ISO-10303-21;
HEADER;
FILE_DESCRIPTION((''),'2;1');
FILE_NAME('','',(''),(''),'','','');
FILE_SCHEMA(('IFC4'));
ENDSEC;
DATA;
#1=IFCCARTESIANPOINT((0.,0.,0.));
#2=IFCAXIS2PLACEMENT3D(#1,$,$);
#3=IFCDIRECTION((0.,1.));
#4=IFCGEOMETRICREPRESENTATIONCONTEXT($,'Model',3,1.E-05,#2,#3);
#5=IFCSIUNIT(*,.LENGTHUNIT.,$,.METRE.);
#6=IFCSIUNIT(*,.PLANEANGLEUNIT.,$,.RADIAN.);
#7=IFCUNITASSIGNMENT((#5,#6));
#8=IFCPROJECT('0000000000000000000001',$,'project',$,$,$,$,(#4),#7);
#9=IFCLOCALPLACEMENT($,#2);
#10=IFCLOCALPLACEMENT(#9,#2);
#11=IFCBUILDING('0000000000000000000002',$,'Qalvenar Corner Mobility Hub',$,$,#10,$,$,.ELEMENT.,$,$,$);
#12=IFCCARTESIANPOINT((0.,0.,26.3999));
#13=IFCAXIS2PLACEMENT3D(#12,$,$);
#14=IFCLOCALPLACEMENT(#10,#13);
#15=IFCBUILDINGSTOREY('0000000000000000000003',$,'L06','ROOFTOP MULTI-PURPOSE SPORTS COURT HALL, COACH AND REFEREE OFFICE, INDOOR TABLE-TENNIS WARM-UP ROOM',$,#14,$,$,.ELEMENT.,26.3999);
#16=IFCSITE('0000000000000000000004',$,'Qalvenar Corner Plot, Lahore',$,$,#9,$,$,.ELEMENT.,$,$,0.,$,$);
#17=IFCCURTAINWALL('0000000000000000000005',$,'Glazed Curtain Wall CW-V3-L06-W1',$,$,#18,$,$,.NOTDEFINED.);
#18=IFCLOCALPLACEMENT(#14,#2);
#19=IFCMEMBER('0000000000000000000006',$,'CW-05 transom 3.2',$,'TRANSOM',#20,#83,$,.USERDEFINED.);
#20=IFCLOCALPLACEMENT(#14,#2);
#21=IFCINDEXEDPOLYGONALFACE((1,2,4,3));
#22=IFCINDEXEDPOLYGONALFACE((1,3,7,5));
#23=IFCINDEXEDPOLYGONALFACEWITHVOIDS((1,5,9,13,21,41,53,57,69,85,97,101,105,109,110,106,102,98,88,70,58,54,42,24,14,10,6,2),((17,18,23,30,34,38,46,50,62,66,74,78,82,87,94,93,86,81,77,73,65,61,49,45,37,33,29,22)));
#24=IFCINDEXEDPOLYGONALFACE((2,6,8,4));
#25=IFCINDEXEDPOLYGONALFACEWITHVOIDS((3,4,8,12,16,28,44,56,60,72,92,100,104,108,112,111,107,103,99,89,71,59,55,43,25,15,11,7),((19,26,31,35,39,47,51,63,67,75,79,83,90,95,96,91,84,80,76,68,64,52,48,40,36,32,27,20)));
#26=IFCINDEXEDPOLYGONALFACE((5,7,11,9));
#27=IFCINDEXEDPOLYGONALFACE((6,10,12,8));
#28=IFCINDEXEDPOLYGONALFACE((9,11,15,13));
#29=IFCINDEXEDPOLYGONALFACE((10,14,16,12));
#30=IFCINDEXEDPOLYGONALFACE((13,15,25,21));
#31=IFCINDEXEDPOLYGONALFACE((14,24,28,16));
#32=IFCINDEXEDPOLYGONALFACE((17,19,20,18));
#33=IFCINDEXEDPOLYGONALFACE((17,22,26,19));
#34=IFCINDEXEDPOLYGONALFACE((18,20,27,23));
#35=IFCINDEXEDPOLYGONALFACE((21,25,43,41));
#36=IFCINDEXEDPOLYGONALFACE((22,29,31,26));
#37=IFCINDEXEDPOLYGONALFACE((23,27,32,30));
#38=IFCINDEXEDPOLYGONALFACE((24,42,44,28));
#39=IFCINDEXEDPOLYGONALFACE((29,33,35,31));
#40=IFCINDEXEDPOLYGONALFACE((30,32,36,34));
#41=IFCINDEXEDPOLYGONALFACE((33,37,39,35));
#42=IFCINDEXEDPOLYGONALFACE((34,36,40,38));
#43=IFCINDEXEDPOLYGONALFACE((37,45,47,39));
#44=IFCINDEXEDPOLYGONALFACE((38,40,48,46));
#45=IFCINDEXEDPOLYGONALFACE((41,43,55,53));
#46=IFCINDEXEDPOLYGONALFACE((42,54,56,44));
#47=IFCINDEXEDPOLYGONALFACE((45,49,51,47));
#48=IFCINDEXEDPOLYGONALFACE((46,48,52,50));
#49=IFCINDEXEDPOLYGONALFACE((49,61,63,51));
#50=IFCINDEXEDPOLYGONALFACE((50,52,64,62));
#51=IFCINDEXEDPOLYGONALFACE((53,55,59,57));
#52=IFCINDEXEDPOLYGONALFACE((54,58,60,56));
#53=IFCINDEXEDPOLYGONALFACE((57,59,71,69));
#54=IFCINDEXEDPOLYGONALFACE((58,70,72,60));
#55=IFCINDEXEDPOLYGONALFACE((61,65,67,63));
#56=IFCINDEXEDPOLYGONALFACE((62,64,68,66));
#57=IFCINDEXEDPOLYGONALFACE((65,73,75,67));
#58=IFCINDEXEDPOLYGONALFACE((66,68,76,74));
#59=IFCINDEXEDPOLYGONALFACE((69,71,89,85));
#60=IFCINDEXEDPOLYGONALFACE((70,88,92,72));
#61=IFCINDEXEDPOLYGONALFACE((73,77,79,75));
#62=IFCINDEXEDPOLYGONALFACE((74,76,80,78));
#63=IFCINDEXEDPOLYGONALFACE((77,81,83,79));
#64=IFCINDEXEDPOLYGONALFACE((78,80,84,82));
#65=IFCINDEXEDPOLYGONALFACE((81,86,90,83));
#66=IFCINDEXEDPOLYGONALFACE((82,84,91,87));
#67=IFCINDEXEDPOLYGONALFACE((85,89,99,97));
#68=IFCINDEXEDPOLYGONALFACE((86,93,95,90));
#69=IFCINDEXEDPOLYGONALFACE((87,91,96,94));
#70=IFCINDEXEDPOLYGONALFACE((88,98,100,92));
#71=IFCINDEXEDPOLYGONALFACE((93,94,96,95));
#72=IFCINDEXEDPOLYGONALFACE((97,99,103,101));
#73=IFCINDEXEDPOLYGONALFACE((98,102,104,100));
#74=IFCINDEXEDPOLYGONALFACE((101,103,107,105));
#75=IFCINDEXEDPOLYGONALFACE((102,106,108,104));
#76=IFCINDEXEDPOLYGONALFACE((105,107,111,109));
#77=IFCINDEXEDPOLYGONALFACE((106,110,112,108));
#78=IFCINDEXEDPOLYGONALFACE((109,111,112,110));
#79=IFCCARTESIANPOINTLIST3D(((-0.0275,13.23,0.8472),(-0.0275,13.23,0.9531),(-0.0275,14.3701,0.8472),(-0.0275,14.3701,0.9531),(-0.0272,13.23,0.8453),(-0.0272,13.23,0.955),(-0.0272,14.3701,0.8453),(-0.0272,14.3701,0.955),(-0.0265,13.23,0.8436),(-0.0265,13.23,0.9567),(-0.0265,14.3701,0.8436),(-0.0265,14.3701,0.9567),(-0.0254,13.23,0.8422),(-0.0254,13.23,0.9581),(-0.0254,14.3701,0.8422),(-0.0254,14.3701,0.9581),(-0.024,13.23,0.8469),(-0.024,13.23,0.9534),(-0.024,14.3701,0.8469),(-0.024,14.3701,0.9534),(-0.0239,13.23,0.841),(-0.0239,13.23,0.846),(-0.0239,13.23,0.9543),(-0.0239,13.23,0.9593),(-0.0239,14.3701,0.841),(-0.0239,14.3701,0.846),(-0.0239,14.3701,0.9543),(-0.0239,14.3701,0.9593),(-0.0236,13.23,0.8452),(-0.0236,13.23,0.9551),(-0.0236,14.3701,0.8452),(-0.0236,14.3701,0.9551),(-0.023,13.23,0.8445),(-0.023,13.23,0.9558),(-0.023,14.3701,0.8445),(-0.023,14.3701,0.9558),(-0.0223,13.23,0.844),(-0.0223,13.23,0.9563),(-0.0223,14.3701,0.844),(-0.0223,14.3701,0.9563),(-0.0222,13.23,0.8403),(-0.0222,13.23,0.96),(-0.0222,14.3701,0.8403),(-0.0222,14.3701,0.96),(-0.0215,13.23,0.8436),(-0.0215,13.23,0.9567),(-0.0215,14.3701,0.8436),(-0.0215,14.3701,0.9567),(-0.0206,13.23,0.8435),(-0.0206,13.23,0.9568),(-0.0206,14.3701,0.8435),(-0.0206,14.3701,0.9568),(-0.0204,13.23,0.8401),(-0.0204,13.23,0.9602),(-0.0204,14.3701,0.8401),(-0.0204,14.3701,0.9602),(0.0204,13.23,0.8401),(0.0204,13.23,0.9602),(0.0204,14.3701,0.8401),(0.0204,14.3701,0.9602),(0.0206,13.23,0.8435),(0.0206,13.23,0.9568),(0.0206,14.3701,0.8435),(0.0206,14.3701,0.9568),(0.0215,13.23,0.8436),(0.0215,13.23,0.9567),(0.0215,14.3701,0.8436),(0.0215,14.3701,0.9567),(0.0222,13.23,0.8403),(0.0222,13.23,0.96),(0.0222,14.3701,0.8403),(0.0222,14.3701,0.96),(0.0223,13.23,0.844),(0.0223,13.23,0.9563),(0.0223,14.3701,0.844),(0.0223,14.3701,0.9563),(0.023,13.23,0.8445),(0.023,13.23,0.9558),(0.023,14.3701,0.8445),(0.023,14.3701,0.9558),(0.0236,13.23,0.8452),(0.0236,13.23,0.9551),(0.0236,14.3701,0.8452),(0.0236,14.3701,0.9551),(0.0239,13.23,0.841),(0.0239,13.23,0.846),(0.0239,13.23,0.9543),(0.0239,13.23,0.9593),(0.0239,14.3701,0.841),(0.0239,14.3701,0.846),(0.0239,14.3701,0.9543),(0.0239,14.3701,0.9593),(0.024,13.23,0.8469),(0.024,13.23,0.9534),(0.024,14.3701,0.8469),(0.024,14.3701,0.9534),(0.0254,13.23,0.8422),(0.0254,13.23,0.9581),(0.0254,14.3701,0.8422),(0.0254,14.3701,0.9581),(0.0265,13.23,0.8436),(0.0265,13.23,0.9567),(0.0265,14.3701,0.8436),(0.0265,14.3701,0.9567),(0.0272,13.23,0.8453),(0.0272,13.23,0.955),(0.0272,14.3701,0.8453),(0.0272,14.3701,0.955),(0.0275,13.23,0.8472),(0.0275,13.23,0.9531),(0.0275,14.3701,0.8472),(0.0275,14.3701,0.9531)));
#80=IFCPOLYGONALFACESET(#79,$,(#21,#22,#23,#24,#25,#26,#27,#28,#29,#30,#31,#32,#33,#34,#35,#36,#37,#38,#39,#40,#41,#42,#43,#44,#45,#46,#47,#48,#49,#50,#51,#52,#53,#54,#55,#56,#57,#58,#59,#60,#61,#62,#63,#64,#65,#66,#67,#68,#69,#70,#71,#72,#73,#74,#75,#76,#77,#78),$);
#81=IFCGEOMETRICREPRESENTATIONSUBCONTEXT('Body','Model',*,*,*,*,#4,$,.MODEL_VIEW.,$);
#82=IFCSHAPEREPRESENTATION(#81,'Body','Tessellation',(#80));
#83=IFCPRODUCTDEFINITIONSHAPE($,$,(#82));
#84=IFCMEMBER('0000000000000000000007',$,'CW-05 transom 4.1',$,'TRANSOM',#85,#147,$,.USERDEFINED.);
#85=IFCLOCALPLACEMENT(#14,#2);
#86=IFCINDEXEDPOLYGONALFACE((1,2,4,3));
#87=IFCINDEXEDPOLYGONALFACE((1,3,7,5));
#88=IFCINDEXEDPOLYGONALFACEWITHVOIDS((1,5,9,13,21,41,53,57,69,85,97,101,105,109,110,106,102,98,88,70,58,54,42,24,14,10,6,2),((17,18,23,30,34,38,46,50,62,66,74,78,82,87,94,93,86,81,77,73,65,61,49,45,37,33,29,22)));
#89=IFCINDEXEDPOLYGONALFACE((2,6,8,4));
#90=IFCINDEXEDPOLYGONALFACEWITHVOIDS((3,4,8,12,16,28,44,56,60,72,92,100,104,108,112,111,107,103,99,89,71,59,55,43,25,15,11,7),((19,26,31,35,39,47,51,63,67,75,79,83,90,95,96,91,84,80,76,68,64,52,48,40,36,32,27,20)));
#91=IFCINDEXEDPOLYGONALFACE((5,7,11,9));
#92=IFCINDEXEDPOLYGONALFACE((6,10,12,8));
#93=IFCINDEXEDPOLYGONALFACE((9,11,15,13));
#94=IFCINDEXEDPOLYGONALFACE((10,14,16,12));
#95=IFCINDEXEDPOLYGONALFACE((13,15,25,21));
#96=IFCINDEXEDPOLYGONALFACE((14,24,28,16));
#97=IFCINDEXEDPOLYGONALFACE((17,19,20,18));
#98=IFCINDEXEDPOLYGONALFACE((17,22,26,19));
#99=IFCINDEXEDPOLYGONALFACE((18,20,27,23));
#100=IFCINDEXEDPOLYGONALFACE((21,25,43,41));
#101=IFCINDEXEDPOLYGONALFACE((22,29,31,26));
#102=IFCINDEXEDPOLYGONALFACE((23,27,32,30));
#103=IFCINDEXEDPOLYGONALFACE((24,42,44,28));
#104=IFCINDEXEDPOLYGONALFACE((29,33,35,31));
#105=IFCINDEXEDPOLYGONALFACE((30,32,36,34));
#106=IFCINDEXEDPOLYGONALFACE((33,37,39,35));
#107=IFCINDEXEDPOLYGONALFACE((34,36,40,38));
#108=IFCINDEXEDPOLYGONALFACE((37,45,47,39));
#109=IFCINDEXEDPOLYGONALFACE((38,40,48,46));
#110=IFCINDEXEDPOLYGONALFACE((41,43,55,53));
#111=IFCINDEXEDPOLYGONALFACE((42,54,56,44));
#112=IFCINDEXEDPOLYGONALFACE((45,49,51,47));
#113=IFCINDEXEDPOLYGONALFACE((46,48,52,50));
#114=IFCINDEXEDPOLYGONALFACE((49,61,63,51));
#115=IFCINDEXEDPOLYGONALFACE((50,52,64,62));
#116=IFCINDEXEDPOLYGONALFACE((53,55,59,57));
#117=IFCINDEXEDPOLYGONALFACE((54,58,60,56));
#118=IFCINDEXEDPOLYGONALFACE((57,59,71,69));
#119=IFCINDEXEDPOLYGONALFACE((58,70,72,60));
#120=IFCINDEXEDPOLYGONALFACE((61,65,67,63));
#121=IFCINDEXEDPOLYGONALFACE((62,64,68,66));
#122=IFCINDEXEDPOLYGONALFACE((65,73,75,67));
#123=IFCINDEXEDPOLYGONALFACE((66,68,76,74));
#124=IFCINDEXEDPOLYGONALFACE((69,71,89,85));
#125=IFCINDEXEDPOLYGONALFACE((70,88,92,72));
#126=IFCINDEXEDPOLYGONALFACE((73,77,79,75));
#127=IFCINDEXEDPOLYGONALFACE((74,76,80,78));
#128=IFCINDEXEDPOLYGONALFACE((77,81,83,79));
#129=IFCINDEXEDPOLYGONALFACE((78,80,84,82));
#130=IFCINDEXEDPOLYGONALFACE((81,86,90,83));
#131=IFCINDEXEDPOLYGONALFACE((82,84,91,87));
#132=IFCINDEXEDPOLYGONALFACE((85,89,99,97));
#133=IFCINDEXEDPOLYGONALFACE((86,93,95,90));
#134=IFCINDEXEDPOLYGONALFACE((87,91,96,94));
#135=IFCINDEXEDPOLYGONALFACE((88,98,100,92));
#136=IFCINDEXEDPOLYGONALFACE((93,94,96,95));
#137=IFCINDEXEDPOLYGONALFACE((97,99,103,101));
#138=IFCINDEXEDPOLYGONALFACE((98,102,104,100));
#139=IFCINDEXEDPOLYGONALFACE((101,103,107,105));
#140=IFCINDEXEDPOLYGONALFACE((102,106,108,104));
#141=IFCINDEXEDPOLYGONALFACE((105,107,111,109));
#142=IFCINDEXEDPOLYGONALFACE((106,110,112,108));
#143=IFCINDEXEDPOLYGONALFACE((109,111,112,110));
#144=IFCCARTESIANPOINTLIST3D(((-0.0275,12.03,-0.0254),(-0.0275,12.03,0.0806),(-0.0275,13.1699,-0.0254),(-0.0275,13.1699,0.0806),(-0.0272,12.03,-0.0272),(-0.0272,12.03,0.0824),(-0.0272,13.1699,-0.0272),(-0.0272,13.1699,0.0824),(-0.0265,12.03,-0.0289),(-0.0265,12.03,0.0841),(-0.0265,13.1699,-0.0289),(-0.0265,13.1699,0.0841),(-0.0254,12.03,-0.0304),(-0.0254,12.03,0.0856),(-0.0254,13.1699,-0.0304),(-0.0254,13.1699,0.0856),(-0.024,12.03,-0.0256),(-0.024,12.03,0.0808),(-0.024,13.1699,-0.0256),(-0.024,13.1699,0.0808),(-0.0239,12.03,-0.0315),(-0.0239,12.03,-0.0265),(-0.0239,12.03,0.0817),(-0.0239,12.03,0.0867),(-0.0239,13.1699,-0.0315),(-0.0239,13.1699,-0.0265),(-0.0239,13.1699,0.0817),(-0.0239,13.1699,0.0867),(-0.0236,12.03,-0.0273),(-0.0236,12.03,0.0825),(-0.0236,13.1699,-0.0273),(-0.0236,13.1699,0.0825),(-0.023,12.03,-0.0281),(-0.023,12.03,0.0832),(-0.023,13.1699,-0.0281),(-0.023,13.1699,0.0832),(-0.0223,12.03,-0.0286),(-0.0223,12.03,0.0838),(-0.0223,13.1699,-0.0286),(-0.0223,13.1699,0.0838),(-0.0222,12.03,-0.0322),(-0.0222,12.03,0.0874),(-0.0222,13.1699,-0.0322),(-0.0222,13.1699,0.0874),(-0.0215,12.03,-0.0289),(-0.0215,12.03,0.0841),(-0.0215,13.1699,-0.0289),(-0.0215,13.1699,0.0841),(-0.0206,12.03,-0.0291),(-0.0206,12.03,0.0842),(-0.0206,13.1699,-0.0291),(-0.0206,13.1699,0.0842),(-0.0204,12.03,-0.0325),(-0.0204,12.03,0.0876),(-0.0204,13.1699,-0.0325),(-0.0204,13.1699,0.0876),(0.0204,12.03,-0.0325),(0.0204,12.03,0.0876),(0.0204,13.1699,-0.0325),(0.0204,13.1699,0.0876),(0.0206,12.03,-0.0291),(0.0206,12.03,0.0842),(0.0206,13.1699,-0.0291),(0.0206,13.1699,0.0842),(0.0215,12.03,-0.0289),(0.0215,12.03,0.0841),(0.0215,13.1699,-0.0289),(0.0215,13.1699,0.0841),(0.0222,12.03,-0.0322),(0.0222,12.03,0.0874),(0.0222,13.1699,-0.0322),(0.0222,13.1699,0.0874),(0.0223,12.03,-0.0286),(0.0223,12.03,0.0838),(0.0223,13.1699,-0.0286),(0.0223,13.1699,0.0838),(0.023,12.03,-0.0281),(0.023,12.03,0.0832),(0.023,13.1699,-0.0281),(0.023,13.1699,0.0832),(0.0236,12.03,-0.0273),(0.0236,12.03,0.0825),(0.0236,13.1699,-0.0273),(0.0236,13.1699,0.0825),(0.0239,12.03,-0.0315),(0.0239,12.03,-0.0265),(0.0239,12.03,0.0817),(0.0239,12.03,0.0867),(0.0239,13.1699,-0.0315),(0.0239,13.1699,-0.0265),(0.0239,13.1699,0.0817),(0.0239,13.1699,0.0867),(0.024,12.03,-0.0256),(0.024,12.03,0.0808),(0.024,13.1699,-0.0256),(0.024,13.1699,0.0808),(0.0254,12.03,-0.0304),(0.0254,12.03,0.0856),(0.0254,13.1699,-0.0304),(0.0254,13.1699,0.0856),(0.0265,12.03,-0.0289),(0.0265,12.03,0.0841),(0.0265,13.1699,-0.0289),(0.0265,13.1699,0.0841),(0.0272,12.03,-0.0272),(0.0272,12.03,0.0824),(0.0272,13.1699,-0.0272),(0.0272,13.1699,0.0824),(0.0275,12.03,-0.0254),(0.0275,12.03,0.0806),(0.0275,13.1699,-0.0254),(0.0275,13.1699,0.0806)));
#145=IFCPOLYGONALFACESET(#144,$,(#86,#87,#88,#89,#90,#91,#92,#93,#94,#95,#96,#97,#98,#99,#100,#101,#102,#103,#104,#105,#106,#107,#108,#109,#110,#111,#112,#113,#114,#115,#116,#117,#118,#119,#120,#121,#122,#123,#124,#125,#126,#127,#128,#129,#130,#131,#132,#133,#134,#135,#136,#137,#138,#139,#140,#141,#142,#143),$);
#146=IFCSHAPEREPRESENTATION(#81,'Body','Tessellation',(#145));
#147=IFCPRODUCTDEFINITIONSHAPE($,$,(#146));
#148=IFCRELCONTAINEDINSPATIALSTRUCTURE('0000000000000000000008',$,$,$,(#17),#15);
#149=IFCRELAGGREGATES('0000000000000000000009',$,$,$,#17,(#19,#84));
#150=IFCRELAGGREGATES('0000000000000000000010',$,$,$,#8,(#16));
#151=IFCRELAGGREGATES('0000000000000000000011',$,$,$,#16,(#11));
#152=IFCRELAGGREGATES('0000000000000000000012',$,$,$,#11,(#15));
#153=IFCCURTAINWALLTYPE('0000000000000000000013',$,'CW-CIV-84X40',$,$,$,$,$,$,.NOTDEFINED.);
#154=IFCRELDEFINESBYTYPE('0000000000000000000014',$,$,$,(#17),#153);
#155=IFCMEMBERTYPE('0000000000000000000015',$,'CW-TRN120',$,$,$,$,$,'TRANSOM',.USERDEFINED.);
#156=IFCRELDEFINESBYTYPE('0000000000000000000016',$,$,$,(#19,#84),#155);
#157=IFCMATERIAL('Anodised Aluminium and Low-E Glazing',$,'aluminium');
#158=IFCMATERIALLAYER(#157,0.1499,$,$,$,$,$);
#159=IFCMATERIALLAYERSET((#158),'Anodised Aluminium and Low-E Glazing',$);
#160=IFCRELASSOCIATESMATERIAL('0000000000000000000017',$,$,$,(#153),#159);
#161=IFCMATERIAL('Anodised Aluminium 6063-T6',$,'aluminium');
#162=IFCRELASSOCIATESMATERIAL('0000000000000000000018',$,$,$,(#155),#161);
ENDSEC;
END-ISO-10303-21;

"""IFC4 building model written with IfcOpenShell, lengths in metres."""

from ifc_helpers import new_model, si_unit, direction, frame, origin, origin_2d, place, context, subcontext, project, spatial, hollow_rectangle, extrude, material, layer, layer_set, material_profile, profile_set, type_object, element, aggregate, save


model = new_model("IFC4")

# Units and contexts
model_context = context("Model", 3, precision=1e-05, world=origin(), true_north=direction((0.0, 1.0)))
body_context = subcontext(model_context, "Body", "Model", "MODEL_VIEW")
ifc_project = project(units=[si_unit("LENGTHUNIT", "METRE"), si_unit("PLANEANGLEUNIT", "RADIAN")], contexts=[model_context])

# Site, building, storey
site_placement = place(None, origin())
site = spatial("IfcSite", under=ifc_project, at=site_placement, Name="Qalvenar Corner Plot, Lahore", CompositionType="ELEMENT", RefElevation=0.0)
building_placement = place(site_placement, origin())
building = spatial("IfcBuilding", under=site, at=building_placement, Name="Qalvenar Corner Mobility Hub", CompositionType="ELEMENT")
storey_placement = place(building_placement, frame((0.0, 0.0, 26.3999)))
storey = spatial("IfcBuildingStorey", under=building, at=storey_placement, Name="L06", Description="ROOFTOP MULTI-PURPOSE SPORTS COURT HALL, COACH AND REFEREE OFFICE, INDOOR TABLE-TENNIS WARM-UP ROOM", CompositionType="ELEMENT", Elevation=26.3999)

# Curtain wall, members
ifc_material_1 = material(Name="Anodised Aluminium and Low-E Glazing", Category="aluminium")
ifc_layer_1 = layer(ifc_material_1, 0.1499)
ifc_layer_set_1 = layer_set([ifc_layer_1], Name="Anodised Aluminium and Low-E Glazing")
curtain_wall_type = type_object("IfcCurtainWallType", Name="CW-CIV-84X40", PredefinedType="NOTDEFINED", material=ifc_layer_set_1)
curtain_wall_placement = place(storey_placement, origin())
curtain_wall = element("IfcCurtainWall", 1, at=curtain_wall_placement, inside=storey, type_object=curtain_wall_type, Name="Glazed Curtain Wall CW-V3-L06-W1", PredefinedType="NOTDEFINED")
ifc_material_2 = material(Name="Anodised Aluminium 6063-T6", Category="aluminium")
ifc_material_profile_1 = material_profile(ifc_material_2, hollow_rectangle(XDim=0.0549, YDim=0.1201, WallThickness=0.0034, InnerFilletRadius=0.0034, OuterFilletRadius=0.0071, at=origin_2d()), Name="RHS120x55x3.5")
ifc_profile_set_1 = profile_set([ifc_material_profile_1], Name="Anodised Aluminium 6063-T6")
member_type_1 = type_object("IfcMemberType", Name="CW-TRN120", ElementType="TRANSOM", PredefinedType="USERDEFINED", material=ifc_profile_set_1)
member_1_placement = place(storey_placement, frame((0.0, 14.3701, 0.9001), z_axis=(0.0, -1.0, 0.0), x_axis=(1.0, 0.0, 0.0)))
member_1 = element("IfcMember", 2, at=member_1_placement, type_object=member_type_1, Name="CW-05 transom 3.2", ObjectType="TRANSOM", PredefinedType="USERDEFINED", context=body_context, shape_type="SweptSolid", body=[
    extrude(hollow_rectangle(XDim=0.0549, YDim=0.1201, WallThickness=0.0034, InnerFilletRadius=0.0034, OuterFilletRadius=0.0071, at=origin_2d()), origin(), (0.0, 0.0, 1.0), 1.1401),
])
member_2_placement = place(storey_placement, frame((0.0, 13.1699, 0.0276), z_axis=(0.0, -1.0, 0.0), x_axis=(1.0, 0.0, 0.0)))
member_2 = element("IfcMember", 3, at=member_2_placement, type_object=member_type_1, Name="CW-05 transom 4.1", ObjectType="TRANSOM", PredefinedType="USERDEFINED", context=body_context, shape_type="SweptSolid", body=[
    extrude(hollow_rectangle(XDim=0.0549, YDim=0.1201, WallThickness=0.0034, InnerFilletRadius=0.0034, OuterFilletRadius=0.0071, at=origin_2d()), origin(), (0.0, 0.0, 1.0), 1.1399),
])
aggregate(curtain_wall, [member_1, member_2])

save(model, "model.ifc")
